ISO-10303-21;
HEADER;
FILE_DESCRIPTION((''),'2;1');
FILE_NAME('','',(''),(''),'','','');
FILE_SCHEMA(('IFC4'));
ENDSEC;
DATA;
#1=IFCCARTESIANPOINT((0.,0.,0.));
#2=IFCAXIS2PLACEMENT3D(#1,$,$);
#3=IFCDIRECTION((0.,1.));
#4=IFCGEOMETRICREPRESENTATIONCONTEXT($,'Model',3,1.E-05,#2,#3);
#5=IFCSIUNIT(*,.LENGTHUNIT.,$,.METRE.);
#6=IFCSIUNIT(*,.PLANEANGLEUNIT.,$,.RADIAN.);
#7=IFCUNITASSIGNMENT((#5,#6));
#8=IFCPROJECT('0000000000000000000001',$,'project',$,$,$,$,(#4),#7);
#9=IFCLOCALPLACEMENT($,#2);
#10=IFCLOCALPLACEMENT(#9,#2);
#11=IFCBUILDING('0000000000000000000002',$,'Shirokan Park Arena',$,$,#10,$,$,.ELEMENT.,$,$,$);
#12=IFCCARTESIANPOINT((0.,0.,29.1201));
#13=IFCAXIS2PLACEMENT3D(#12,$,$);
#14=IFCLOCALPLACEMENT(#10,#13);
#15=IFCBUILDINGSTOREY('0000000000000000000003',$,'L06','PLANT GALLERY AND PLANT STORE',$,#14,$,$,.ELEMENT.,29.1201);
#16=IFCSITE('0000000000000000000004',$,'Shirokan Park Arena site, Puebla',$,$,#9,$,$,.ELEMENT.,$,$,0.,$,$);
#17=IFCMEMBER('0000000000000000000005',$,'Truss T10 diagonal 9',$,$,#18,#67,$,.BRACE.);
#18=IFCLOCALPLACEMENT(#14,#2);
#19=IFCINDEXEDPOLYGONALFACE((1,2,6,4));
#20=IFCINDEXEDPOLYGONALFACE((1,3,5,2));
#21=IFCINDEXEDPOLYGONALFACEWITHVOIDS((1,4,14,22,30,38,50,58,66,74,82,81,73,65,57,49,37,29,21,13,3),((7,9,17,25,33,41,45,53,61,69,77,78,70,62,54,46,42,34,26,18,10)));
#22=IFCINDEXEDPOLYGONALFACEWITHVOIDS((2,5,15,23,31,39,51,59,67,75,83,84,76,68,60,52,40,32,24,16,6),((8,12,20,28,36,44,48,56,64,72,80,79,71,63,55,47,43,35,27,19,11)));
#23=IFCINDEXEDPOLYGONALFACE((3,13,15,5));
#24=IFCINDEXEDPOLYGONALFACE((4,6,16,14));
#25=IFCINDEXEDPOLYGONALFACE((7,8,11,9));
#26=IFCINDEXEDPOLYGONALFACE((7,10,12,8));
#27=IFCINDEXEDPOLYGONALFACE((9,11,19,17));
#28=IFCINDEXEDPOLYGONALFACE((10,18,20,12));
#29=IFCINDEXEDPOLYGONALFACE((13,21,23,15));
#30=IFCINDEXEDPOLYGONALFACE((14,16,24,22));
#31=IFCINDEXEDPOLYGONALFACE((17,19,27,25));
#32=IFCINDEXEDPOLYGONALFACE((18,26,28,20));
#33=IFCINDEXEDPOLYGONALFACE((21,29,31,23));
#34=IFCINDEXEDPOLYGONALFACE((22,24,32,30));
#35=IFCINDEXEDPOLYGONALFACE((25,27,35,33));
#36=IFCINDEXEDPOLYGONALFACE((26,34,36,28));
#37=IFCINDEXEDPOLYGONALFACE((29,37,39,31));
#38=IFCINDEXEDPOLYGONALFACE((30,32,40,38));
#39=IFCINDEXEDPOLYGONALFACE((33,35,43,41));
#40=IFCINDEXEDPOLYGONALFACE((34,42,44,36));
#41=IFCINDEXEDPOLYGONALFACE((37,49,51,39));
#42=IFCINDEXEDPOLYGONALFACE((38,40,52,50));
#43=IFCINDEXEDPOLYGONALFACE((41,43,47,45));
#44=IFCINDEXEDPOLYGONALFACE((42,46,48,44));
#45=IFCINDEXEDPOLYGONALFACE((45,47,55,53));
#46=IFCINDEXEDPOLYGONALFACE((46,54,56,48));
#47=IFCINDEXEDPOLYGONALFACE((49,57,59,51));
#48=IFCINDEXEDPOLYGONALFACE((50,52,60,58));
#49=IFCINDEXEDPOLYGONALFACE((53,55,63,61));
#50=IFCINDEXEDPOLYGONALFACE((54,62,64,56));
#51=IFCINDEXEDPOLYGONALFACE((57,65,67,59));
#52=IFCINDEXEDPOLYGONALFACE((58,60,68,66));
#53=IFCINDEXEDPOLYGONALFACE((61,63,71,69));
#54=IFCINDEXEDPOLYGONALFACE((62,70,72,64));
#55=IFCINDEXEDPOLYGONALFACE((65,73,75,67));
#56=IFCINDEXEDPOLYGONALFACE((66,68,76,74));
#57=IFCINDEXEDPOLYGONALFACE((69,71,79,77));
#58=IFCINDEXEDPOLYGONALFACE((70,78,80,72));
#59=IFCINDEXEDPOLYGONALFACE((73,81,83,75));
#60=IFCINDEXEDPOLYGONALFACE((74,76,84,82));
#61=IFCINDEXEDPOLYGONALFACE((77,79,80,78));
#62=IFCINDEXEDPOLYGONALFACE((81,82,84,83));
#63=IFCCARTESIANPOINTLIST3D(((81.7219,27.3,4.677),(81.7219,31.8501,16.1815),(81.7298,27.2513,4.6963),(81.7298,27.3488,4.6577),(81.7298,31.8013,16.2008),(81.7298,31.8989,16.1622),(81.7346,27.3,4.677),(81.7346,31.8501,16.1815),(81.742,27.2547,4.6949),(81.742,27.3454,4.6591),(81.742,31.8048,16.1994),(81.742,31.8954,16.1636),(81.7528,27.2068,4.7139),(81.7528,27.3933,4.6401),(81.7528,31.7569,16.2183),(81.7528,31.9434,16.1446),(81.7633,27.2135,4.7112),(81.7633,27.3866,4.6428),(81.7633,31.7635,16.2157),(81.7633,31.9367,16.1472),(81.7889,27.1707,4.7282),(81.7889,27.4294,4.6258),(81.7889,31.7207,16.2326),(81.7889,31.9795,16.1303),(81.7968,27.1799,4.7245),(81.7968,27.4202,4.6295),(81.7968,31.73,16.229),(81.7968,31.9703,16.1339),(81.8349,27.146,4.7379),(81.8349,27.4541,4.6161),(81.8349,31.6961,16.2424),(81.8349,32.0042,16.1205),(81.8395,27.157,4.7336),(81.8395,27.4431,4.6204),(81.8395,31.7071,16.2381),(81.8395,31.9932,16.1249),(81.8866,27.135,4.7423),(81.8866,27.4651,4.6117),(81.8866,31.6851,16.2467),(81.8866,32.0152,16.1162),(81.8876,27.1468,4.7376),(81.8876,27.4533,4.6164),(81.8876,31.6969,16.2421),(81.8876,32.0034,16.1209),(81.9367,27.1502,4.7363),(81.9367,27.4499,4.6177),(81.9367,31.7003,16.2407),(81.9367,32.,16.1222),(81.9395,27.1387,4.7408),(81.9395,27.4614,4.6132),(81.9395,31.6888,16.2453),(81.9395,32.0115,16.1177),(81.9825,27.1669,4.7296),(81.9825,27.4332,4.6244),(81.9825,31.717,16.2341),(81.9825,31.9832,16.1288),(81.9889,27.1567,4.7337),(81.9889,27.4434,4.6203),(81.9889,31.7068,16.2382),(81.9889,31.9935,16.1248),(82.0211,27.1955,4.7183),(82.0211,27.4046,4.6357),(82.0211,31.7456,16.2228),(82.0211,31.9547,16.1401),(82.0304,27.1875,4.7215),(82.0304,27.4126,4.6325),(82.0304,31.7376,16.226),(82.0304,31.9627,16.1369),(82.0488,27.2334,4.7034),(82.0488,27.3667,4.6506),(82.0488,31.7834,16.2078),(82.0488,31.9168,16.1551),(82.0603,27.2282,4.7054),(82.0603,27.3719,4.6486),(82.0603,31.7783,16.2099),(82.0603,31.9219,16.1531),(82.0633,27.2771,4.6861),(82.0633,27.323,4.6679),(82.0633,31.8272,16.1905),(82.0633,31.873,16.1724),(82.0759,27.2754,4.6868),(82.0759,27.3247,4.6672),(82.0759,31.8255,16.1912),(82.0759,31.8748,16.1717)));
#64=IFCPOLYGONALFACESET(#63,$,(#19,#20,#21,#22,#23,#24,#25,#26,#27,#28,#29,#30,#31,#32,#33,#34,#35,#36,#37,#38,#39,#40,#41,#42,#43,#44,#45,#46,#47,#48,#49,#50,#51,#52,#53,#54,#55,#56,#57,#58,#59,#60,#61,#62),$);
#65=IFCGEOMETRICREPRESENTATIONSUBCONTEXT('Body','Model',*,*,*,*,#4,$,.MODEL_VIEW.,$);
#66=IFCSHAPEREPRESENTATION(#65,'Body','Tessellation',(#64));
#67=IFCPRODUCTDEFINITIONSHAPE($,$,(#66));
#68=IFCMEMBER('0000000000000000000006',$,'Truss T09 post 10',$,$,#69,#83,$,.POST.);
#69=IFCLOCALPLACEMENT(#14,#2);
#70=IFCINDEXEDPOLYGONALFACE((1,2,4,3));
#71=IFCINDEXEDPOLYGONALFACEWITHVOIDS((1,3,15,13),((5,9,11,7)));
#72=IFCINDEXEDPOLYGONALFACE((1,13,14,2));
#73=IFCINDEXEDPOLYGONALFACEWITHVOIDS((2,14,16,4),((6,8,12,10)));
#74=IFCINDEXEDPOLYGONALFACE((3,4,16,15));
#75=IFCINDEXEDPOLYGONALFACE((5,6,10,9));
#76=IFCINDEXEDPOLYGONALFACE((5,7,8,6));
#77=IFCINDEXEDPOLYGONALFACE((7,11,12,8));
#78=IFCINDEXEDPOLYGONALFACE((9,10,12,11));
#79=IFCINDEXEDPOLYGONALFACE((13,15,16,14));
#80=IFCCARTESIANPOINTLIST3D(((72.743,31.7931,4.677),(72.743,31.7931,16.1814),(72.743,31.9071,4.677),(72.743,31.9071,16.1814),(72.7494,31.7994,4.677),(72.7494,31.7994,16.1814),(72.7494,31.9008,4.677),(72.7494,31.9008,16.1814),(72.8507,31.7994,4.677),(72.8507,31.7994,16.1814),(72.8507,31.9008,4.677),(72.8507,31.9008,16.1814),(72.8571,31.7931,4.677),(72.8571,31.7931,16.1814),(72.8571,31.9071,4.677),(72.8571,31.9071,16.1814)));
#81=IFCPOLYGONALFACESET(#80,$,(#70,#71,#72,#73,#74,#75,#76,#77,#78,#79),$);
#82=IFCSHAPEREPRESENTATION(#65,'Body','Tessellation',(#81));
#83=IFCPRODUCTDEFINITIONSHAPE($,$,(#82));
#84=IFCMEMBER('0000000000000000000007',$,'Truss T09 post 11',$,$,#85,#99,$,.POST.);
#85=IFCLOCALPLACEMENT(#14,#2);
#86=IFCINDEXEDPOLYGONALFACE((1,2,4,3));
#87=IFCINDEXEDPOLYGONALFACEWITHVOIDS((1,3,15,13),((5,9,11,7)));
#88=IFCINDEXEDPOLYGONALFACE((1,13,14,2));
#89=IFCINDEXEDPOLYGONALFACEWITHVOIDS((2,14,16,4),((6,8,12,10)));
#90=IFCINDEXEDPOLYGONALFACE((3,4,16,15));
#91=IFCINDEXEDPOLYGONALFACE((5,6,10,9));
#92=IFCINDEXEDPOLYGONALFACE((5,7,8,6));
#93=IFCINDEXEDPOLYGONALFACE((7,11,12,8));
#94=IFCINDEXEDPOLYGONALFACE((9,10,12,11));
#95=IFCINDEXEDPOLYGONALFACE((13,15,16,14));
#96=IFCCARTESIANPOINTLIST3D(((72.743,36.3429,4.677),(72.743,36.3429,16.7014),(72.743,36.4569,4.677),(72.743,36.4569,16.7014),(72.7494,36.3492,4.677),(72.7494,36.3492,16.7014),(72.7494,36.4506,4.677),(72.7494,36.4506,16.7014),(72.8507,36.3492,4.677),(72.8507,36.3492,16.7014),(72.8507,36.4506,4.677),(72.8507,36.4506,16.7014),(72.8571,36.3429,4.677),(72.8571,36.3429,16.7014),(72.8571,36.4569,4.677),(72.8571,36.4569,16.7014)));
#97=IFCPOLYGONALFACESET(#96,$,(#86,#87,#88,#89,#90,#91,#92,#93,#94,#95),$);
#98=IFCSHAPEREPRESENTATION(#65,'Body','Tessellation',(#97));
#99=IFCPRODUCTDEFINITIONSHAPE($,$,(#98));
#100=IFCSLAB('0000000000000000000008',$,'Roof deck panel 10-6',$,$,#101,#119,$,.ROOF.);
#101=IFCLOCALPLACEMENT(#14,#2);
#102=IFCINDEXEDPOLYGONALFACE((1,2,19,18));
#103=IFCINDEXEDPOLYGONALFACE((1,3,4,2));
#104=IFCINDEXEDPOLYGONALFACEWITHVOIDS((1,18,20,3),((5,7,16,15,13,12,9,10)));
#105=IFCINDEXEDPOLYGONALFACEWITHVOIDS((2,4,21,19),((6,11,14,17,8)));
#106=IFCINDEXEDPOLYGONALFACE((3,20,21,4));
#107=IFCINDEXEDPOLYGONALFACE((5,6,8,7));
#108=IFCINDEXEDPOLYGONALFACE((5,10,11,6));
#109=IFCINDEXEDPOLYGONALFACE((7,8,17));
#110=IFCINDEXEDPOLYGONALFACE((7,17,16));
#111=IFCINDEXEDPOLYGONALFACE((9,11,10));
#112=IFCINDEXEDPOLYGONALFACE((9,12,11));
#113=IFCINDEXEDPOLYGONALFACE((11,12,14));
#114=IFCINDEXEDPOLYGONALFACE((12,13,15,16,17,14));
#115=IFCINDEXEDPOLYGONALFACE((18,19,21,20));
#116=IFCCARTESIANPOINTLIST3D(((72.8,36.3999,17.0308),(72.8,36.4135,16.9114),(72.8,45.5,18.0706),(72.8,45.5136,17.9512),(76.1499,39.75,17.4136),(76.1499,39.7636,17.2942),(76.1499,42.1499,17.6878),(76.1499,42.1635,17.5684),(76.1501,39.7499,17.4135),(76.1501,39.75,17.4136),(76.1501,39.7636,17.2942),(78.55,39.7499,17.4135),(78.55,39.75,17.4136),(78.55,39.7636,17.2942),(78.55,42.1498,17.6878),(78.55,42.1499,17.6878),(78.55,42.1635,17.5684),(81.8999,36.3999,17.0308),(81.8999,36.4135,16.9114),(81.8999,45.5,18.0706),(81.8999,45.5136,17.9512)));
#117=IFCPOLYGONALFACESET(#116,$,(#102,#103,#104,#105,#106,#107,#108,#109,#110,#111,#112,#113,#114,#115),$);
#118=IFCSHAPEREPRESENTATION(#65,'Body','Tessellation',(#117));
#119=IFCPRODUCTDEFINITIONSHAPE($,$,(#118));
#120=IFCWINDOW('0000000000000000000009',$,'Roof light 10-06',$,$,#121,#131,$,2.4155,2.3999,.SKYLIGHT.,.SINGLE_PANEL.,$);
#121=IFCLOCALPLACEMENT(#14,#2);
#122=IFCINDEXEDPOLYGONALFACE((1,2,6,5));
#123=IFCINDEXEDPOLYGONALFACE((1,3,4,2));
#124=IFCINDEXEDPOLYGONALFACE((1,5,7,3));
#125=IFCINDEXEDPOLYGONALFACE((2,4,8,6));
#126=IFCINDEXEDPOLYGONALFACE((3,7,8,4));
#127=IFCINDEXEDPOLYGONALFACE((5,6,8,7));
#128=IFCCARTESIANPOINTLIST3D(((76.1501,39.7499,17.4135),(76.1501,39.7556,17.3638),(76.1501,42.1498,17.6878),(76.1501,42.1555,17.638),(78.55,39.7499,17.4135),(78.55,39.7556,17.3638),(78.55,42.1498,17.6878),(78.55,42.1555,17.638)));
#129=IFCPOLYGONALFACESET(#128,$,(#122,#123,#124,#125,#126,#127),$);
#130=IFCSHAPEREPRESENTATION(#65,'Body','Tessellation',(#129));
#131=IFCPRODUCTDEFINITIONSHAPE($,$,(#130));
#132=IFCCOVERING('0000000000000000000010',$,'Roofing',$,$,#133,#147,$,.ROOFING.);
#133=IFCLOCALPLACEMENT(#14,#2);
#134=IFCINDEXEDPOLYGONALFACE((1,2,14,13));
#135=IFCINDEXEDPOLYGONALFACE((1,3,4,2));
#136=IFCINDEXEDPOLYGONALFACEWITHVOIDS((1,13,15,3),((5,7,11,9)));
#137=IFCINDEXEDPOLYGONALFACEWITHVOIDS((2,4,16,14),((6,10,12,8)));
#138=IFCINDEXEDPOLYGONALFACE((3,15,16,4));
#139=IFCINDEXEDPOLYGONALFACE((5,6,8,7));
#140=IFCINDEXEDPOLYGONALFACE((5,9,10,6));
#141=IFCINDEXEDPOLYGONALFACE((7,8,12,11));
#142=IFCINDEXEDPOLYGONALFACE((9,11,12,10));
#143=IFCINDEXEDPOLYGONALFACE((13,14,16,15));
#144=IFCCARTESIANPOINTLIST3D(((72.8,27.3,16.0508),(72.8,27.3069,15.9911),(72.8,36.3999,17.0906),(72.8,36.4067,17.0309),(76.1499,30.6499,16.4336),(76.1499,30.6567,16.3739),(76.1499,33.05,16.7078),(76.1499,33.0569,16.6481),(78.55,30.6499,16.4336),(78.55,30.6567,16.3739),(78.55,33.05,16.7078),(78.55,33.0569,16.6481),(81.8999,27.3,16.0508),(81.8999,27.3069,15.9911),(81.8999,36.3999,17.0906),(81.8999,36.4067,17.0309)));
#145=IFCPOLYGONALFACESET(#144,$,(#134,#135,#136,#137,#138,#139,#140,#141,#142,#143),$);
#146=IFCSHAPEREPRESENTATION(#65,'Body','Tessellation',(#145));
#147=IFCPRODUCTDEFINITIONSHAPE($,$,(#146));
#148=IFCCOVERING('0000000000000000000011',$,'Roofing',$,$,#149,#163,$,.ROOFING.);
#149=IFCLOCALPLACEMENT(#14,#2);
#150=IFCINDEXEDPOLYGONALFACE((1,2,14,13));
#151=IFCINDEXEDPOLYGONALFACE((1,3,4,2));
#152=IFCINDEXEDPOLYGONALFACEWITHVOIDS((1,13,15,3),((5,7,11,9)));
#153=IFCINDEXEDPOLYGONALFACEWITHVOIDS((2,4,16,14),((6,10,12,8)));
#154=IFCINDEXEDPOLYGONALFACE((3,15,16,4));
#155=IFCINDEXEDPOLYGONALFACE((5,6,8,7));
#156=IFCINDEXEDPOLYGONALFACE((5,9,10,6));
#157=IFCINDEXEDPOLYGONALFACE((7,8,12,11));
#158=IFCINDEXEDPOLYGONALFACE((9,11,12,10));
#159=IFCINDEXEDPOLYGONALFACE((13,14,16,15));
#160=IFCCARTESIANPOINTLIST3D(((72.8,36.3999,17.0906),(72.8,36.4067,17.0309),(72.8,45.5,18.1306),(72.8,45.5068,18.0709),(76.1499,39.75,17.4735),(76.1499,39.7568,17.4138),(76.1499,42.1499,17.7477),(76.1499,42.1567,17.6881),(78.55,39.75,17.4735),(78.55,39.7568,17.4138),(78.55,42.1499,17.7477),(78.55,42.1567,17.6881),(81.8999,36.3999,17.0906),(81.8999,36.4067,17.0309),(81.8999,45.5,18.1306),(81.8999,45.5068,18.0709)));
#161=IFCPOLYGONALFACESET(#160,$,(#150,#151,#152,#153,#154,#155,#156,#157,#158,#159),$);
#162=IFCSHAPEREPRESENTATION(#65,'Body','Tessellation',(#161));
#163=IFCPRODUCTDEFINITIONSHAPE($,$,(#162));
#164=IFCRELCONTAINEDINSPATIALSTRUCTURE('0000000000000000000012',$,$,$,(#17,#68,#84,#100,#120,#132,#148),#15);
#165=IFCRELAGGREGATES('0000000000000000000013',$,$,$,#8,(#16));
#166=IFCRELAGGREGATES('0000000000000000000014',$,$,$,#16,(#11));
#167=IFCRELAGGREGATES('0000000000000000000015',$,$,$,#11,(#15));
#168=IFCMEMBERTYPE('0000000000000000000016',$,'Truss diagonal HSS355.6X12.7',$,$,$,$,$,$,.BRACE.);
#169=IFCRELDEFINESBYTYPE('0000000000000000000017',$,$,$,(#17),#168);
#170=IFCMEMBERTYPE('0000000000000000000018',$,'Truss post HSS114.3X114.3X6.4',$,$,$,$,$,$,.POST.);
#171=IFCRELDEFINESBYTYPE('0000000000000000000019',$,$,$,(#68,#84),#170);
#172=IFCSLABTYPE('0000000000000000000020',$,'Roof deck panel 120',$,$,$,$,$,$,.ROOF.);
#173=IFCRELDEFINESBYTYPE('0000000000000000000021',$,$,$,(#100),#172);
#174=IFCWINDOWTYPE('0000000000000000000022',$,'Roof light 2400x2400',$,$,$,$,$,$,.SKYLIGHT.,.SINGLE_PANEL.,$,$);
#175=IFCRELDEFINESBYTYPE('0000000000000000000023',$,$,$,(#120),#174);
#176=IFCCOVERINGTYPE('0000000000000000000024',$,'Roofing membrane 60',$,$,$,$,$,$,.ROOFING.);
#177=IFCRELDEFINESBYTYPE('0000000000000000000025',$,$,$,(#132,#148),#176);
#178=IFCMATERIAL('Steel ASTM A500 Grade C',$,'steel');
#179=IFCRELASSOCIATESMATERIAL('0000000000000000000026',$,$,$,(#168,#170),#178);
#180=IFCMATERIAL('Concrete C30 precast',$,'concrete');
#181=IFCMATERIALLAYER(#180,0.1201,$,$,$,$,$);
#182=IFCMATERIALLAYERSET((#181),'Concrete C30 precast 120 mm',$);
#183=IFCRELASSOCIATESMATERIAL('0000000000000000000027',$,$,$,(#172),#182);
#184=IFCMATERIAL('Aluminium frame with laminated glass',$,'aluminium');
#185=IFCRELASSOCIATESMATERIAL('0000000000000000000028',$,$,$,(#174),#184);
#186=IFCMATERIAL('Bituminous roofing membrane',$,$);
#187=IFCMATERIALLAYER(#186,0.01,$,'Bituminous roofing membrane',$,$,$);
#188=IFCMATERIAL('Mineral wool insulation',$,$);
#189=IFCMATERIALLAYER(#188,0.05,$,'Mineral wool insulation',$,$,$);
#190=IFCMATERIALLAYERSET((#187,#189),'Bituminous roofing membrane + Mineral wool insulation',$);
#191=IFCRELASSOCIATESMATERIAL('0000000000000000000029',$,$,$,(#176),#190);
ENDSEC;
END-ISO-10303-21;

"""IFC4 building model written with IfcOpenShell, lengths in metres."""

from ifc_helpers import new_model, si_unit, direction, frame, origin, origin_2d, place, context, subcontext, project, spatial, polyline, rectangle, hollow_rectangle, hollow_circle, outline, extrude, material, layer, layer_set, material_profile, profile_set, type_object, element, fill, save


model = new_model("IFC4")

# Units and contexts
model_context = context("Model", 3, precision=1e-05, world=origin(), true_north=direction((0.0, 1.0)))
body_context = subcontext(model_context, "Body", "Model", "MODEL_VIEW")
ifc_project = project(units=[si_unit("LENGTHUNIT", "METRE"), si_unit("PLANEANGLEUNIT", "RADIAN")], contexts=[model_context])

# Site, building, storey
site_placement = place(None, origin())
site = spatial("IfcSite", under=ifc_project, at=site_placement, Name="Shirokan Park Arena site, Puebla", CompositionType="ELEMENT", RefElevation=0.0)
building_placement = place(site_placement, origin())
building = spatial("IfcBuilding", under=site, at=building_placement, Name="Shirokan Park Arena", CompositionType="ELEMENT")
storey_placement = place(building_placement, frame((0.0, 0.0, 29.1201)))
storey = spatial("IfcBuildingStorey", under=building, at=storey_placement, Name="L06", Description="PLANT GALLERY AND PLANT STORE", CompositionType="ELEMENT", Elevation=29.1201)

# Members
ifc_material_1 = material(Name="Steel ASTM A500 Grade C", Category="steel")
ifc_material_profile_1 = material_profile(ifc_material_1, hollow_circle(Radius=0.178, WallThickness=0.0127, at=origin_2d()), Name="HSS355.6X12.7")
ifc_profile_set_1 = profile_set([ifc_material_profile_1], Name="Steel ASTM A500 Grade C")
member_type_1 = type_object("IfcMemberType", Name="Truss diagonal HSS355.6X12.7", PredefinedType="BRACE", material=ifc_profile_set_1)
member_1_placement = place(storey_placement, frame((81.8999, 27.3, 4.677), z_axis=(0.0, 0.367785, 0.929911), x_axis=(-1.0, 0.0, 0.0)))
element("IfcMember", 1, at=member_1_placement, inside=storey, type_object=member_type_1, Name="Truss T10 diagonal 9", PredefinedType="BRACE", context=body_context, shape_type="SweptSolid", body=[
    extrude(hollow_circle(Radius=0.178, WallThickness=0.0127, at=origin_2d()), origin(), (0.0, 0.0, 1.0), 12.3716),
])
ifc_material_profile_2 = material_profile(ifc_material_1, hollow_rectangle(XDim=0.114, YDim=0.114, WallThickness=0.0063, at=origin_2d()), Name="HSS114.3X114.3X6.4")
ifc_profile_set_2 = profile_set([ifc_material_profile_2], Name="Steel ASTM A500 Grade C")
member_type_2 = type_object("IfcMemberType", Name="Truss post HSS114.3X114.3X6.4", PredefinedType="POST", material=ifc_profile_set_2)
member_2_placement = place(storey_placement, frame((72.8, 31.8501, 4.677), z_axis=(0.0, 0.0, 1.0), x_axis=(1.0, 0.0, 0.0)))
element("IfcMember", 2, at=member_2_placement, inside=storey, type_object=member_type_2, Name="Truss T09 post 10", PredefinedType="POST", context=body_context, shape_type="SweptSolid", body=[
    extrude(hollow_rectangle(XDim=0.114, YDim=0.114, WallThickness=0.0063, at=origin_2d()), origin(), (0.0, 0.0, 1.0), 11.5044),
])
member_3_placement = place(storey_placement, frame((72.8, 36.3999, 4.677), z_axis=(0.0, 0.0, 1.0), x_axis=(1.0, 0.0, 0.0)))
element("IfcMember", 3, at=member_3_placement, inside=storey, type_object=member_type_2, Name="Truss T09 post 11", PredefinedType="POST", context=body_context, shape_type="SweptSolid", body=[
    extrude(hollow_rectangle(XDim=0.114, YDim=0.114, WallThickness=0.0063, at=origin_2d()), origin(), (0.0, 0.0, 1.0), 12.0244),
])

# Slab, opening, window
ifc_material_2 = material(Name="Concrete C30 precast", Category="concrete")
ifc_layer_1 = layer(ifc_material_2, 0.1201)
ifc_layer_set_1 = layer_set([ifc_layer_1], Name="Concrete C30 precast 120 mm")
slab_type = type_object("IfcSlabType", Name="Roof deck panel 120", PredefinedType="ROOF", material=ifc_layer_set_1)
slab_placement = place(storey_placement, frame((72.8, 36.3999, 17.0308), z_axis=(0.0, -0.113523, 0.993535), x_axis=(1.0, 0.0, 0.0)))
slab = element("IfcSlab", 4, at=slab_placement, inside=storey, type_object=slab_type, Name="Roof deck panel 10-6", PredefinedType="ROOF", context=body_context, shape_type="SweptSolid", body=[
    extrude(outline(polyline([(0.0, 0.0), (9.0999, 0.0), (9.0999, 9.1593), (0.0, 9.1593), (0.0, 0.0)]), holes=[polyline([(3.3499, 3.3719), (5.75, 3.3719), (5.75, 5.7874), (3.3499, 5.7874), (3.3499, 3.3719)])]), origin(), (0.0, 0.0, -1.0), 0.1201),
])
opening_placement = place(slab_placement, frame((4.55, 4.5796, 0.01)))
opening = element("IfcOpeningElement", 5, at=opening_placement, cuts=slab, PredefinedType="OPENING", context=body_context, shape_type="SweptSolid", body=[
    extrude(rectangle(XDim=2.3999, YDim=2.4155, at=origin_2d()), origin(), (0.0, 0.0, -1.0), 0.1399),
])
ifc_material_3 = material(Name="Aluminium frame with laminated glass", Category="aluminium")
window_type = type_object("IfcWindowType", Name="Roof light 2400x2400", PartitioningType="SINGLE_PANEL", PredefinedType="SKYLIGHT", material=ifc_material_3)
window_placement = place(opening_placement, frame((0.0, 0.0, -0.0601)))
window = element("IfcWindow", 6, at=window_placement, inside=storey, type_object=window_type, Name="Roof light 10-06", OverallHeight=2.4155, OverallWidth=2.3999, PartitioningType="SINGLE_PANEL", PredefinedType="SKYLIGHT", context=body_context, shape_type="SweptSolid", body=[
    extrude(rectangle(XDim=2.3999, YDim=2.4155, at=origin_2d()), origin(), (0.0, 0.0, 1.0), 0.05),
])
fill(opening, window)

# Coverings
ifc_material_4 = material(Name="Bituminous roofing membrane")
ifc_layer_2 = layer(ifc_material_4, 0.01, Name="Bituminous roofing membrane")
ifc_material_5 = material(Name="Mineral wool insulation")
ifc_layer_3 = layer(ifc_material_5, 0.05, Name="Mineral wool insulation")
ifc_layer_set_2 = layer_set([ifc_layer_2, ifc_layer_3], Name="Bituminous roofing membrane + Mineral wool insulation")
covering_type = type_object("IfcCoveringType", Name="Roofing membrane 60", PredefinedType="ROOFING", material=ifc_layer_set_2)
covering_1_placement = place(storey_placement, frame((72.8, 27.3, 16.0508), z_axis=(0.0, -0.113526, 0.993535), x_axis=(1.0, 0.0, 0.0)))
element("IfcCovering", 7, at=covering_1_placement, inside=storey, type_object=covering_type, Name="Roofing", PredefinedType="ROOFING", context=body_context, shape_type="SweptSolid", body=[
    extrude(outline(polyline([(0.0, 0.0), (9.0999, 0.0), (9.0999, 9.1591), (0.0, 9.1591), (0.0, 0.0)]), holes=[polyline([(5.75, 3.3717), (5.75, 5.7874), (3.3499, 5.7874), (3.3499, 3.3717), (5.75, 3.3717)])]), origin(), (0.0, 0.0, -1.0), 0.0601),
])
covering_2_placement = place(storey_placement, frame((72.8, 36.3999, 17.0906), z_axis=(0.0, -0.11355, 0.993532), x_axis=(1.0, 0.0, 0.0)))
element("IfcCovering", 8, at=covering_2_placement, inside=storey, type_object=covering_type, Name="Roofing", PredefinedType="ROOFING", context=body_context, shape_type="SweptSolid", body=[
    extrude(outline(polyline([(0.0, 0.0), (9.0999, 0.0), (9.0999, 9.1593), (0.0, 9.1593), (0.0, 0.0)]), holes=[polyline([(5.75, 3.3719), (5.75, 5.7874), (3.3499, 5.7874), (3.3499, 3.3719), (5.75, 3.3719)])]), origin(), (0.0, 0.0, -1.0), 0.0601),
])

save(model, "model.ifc")
